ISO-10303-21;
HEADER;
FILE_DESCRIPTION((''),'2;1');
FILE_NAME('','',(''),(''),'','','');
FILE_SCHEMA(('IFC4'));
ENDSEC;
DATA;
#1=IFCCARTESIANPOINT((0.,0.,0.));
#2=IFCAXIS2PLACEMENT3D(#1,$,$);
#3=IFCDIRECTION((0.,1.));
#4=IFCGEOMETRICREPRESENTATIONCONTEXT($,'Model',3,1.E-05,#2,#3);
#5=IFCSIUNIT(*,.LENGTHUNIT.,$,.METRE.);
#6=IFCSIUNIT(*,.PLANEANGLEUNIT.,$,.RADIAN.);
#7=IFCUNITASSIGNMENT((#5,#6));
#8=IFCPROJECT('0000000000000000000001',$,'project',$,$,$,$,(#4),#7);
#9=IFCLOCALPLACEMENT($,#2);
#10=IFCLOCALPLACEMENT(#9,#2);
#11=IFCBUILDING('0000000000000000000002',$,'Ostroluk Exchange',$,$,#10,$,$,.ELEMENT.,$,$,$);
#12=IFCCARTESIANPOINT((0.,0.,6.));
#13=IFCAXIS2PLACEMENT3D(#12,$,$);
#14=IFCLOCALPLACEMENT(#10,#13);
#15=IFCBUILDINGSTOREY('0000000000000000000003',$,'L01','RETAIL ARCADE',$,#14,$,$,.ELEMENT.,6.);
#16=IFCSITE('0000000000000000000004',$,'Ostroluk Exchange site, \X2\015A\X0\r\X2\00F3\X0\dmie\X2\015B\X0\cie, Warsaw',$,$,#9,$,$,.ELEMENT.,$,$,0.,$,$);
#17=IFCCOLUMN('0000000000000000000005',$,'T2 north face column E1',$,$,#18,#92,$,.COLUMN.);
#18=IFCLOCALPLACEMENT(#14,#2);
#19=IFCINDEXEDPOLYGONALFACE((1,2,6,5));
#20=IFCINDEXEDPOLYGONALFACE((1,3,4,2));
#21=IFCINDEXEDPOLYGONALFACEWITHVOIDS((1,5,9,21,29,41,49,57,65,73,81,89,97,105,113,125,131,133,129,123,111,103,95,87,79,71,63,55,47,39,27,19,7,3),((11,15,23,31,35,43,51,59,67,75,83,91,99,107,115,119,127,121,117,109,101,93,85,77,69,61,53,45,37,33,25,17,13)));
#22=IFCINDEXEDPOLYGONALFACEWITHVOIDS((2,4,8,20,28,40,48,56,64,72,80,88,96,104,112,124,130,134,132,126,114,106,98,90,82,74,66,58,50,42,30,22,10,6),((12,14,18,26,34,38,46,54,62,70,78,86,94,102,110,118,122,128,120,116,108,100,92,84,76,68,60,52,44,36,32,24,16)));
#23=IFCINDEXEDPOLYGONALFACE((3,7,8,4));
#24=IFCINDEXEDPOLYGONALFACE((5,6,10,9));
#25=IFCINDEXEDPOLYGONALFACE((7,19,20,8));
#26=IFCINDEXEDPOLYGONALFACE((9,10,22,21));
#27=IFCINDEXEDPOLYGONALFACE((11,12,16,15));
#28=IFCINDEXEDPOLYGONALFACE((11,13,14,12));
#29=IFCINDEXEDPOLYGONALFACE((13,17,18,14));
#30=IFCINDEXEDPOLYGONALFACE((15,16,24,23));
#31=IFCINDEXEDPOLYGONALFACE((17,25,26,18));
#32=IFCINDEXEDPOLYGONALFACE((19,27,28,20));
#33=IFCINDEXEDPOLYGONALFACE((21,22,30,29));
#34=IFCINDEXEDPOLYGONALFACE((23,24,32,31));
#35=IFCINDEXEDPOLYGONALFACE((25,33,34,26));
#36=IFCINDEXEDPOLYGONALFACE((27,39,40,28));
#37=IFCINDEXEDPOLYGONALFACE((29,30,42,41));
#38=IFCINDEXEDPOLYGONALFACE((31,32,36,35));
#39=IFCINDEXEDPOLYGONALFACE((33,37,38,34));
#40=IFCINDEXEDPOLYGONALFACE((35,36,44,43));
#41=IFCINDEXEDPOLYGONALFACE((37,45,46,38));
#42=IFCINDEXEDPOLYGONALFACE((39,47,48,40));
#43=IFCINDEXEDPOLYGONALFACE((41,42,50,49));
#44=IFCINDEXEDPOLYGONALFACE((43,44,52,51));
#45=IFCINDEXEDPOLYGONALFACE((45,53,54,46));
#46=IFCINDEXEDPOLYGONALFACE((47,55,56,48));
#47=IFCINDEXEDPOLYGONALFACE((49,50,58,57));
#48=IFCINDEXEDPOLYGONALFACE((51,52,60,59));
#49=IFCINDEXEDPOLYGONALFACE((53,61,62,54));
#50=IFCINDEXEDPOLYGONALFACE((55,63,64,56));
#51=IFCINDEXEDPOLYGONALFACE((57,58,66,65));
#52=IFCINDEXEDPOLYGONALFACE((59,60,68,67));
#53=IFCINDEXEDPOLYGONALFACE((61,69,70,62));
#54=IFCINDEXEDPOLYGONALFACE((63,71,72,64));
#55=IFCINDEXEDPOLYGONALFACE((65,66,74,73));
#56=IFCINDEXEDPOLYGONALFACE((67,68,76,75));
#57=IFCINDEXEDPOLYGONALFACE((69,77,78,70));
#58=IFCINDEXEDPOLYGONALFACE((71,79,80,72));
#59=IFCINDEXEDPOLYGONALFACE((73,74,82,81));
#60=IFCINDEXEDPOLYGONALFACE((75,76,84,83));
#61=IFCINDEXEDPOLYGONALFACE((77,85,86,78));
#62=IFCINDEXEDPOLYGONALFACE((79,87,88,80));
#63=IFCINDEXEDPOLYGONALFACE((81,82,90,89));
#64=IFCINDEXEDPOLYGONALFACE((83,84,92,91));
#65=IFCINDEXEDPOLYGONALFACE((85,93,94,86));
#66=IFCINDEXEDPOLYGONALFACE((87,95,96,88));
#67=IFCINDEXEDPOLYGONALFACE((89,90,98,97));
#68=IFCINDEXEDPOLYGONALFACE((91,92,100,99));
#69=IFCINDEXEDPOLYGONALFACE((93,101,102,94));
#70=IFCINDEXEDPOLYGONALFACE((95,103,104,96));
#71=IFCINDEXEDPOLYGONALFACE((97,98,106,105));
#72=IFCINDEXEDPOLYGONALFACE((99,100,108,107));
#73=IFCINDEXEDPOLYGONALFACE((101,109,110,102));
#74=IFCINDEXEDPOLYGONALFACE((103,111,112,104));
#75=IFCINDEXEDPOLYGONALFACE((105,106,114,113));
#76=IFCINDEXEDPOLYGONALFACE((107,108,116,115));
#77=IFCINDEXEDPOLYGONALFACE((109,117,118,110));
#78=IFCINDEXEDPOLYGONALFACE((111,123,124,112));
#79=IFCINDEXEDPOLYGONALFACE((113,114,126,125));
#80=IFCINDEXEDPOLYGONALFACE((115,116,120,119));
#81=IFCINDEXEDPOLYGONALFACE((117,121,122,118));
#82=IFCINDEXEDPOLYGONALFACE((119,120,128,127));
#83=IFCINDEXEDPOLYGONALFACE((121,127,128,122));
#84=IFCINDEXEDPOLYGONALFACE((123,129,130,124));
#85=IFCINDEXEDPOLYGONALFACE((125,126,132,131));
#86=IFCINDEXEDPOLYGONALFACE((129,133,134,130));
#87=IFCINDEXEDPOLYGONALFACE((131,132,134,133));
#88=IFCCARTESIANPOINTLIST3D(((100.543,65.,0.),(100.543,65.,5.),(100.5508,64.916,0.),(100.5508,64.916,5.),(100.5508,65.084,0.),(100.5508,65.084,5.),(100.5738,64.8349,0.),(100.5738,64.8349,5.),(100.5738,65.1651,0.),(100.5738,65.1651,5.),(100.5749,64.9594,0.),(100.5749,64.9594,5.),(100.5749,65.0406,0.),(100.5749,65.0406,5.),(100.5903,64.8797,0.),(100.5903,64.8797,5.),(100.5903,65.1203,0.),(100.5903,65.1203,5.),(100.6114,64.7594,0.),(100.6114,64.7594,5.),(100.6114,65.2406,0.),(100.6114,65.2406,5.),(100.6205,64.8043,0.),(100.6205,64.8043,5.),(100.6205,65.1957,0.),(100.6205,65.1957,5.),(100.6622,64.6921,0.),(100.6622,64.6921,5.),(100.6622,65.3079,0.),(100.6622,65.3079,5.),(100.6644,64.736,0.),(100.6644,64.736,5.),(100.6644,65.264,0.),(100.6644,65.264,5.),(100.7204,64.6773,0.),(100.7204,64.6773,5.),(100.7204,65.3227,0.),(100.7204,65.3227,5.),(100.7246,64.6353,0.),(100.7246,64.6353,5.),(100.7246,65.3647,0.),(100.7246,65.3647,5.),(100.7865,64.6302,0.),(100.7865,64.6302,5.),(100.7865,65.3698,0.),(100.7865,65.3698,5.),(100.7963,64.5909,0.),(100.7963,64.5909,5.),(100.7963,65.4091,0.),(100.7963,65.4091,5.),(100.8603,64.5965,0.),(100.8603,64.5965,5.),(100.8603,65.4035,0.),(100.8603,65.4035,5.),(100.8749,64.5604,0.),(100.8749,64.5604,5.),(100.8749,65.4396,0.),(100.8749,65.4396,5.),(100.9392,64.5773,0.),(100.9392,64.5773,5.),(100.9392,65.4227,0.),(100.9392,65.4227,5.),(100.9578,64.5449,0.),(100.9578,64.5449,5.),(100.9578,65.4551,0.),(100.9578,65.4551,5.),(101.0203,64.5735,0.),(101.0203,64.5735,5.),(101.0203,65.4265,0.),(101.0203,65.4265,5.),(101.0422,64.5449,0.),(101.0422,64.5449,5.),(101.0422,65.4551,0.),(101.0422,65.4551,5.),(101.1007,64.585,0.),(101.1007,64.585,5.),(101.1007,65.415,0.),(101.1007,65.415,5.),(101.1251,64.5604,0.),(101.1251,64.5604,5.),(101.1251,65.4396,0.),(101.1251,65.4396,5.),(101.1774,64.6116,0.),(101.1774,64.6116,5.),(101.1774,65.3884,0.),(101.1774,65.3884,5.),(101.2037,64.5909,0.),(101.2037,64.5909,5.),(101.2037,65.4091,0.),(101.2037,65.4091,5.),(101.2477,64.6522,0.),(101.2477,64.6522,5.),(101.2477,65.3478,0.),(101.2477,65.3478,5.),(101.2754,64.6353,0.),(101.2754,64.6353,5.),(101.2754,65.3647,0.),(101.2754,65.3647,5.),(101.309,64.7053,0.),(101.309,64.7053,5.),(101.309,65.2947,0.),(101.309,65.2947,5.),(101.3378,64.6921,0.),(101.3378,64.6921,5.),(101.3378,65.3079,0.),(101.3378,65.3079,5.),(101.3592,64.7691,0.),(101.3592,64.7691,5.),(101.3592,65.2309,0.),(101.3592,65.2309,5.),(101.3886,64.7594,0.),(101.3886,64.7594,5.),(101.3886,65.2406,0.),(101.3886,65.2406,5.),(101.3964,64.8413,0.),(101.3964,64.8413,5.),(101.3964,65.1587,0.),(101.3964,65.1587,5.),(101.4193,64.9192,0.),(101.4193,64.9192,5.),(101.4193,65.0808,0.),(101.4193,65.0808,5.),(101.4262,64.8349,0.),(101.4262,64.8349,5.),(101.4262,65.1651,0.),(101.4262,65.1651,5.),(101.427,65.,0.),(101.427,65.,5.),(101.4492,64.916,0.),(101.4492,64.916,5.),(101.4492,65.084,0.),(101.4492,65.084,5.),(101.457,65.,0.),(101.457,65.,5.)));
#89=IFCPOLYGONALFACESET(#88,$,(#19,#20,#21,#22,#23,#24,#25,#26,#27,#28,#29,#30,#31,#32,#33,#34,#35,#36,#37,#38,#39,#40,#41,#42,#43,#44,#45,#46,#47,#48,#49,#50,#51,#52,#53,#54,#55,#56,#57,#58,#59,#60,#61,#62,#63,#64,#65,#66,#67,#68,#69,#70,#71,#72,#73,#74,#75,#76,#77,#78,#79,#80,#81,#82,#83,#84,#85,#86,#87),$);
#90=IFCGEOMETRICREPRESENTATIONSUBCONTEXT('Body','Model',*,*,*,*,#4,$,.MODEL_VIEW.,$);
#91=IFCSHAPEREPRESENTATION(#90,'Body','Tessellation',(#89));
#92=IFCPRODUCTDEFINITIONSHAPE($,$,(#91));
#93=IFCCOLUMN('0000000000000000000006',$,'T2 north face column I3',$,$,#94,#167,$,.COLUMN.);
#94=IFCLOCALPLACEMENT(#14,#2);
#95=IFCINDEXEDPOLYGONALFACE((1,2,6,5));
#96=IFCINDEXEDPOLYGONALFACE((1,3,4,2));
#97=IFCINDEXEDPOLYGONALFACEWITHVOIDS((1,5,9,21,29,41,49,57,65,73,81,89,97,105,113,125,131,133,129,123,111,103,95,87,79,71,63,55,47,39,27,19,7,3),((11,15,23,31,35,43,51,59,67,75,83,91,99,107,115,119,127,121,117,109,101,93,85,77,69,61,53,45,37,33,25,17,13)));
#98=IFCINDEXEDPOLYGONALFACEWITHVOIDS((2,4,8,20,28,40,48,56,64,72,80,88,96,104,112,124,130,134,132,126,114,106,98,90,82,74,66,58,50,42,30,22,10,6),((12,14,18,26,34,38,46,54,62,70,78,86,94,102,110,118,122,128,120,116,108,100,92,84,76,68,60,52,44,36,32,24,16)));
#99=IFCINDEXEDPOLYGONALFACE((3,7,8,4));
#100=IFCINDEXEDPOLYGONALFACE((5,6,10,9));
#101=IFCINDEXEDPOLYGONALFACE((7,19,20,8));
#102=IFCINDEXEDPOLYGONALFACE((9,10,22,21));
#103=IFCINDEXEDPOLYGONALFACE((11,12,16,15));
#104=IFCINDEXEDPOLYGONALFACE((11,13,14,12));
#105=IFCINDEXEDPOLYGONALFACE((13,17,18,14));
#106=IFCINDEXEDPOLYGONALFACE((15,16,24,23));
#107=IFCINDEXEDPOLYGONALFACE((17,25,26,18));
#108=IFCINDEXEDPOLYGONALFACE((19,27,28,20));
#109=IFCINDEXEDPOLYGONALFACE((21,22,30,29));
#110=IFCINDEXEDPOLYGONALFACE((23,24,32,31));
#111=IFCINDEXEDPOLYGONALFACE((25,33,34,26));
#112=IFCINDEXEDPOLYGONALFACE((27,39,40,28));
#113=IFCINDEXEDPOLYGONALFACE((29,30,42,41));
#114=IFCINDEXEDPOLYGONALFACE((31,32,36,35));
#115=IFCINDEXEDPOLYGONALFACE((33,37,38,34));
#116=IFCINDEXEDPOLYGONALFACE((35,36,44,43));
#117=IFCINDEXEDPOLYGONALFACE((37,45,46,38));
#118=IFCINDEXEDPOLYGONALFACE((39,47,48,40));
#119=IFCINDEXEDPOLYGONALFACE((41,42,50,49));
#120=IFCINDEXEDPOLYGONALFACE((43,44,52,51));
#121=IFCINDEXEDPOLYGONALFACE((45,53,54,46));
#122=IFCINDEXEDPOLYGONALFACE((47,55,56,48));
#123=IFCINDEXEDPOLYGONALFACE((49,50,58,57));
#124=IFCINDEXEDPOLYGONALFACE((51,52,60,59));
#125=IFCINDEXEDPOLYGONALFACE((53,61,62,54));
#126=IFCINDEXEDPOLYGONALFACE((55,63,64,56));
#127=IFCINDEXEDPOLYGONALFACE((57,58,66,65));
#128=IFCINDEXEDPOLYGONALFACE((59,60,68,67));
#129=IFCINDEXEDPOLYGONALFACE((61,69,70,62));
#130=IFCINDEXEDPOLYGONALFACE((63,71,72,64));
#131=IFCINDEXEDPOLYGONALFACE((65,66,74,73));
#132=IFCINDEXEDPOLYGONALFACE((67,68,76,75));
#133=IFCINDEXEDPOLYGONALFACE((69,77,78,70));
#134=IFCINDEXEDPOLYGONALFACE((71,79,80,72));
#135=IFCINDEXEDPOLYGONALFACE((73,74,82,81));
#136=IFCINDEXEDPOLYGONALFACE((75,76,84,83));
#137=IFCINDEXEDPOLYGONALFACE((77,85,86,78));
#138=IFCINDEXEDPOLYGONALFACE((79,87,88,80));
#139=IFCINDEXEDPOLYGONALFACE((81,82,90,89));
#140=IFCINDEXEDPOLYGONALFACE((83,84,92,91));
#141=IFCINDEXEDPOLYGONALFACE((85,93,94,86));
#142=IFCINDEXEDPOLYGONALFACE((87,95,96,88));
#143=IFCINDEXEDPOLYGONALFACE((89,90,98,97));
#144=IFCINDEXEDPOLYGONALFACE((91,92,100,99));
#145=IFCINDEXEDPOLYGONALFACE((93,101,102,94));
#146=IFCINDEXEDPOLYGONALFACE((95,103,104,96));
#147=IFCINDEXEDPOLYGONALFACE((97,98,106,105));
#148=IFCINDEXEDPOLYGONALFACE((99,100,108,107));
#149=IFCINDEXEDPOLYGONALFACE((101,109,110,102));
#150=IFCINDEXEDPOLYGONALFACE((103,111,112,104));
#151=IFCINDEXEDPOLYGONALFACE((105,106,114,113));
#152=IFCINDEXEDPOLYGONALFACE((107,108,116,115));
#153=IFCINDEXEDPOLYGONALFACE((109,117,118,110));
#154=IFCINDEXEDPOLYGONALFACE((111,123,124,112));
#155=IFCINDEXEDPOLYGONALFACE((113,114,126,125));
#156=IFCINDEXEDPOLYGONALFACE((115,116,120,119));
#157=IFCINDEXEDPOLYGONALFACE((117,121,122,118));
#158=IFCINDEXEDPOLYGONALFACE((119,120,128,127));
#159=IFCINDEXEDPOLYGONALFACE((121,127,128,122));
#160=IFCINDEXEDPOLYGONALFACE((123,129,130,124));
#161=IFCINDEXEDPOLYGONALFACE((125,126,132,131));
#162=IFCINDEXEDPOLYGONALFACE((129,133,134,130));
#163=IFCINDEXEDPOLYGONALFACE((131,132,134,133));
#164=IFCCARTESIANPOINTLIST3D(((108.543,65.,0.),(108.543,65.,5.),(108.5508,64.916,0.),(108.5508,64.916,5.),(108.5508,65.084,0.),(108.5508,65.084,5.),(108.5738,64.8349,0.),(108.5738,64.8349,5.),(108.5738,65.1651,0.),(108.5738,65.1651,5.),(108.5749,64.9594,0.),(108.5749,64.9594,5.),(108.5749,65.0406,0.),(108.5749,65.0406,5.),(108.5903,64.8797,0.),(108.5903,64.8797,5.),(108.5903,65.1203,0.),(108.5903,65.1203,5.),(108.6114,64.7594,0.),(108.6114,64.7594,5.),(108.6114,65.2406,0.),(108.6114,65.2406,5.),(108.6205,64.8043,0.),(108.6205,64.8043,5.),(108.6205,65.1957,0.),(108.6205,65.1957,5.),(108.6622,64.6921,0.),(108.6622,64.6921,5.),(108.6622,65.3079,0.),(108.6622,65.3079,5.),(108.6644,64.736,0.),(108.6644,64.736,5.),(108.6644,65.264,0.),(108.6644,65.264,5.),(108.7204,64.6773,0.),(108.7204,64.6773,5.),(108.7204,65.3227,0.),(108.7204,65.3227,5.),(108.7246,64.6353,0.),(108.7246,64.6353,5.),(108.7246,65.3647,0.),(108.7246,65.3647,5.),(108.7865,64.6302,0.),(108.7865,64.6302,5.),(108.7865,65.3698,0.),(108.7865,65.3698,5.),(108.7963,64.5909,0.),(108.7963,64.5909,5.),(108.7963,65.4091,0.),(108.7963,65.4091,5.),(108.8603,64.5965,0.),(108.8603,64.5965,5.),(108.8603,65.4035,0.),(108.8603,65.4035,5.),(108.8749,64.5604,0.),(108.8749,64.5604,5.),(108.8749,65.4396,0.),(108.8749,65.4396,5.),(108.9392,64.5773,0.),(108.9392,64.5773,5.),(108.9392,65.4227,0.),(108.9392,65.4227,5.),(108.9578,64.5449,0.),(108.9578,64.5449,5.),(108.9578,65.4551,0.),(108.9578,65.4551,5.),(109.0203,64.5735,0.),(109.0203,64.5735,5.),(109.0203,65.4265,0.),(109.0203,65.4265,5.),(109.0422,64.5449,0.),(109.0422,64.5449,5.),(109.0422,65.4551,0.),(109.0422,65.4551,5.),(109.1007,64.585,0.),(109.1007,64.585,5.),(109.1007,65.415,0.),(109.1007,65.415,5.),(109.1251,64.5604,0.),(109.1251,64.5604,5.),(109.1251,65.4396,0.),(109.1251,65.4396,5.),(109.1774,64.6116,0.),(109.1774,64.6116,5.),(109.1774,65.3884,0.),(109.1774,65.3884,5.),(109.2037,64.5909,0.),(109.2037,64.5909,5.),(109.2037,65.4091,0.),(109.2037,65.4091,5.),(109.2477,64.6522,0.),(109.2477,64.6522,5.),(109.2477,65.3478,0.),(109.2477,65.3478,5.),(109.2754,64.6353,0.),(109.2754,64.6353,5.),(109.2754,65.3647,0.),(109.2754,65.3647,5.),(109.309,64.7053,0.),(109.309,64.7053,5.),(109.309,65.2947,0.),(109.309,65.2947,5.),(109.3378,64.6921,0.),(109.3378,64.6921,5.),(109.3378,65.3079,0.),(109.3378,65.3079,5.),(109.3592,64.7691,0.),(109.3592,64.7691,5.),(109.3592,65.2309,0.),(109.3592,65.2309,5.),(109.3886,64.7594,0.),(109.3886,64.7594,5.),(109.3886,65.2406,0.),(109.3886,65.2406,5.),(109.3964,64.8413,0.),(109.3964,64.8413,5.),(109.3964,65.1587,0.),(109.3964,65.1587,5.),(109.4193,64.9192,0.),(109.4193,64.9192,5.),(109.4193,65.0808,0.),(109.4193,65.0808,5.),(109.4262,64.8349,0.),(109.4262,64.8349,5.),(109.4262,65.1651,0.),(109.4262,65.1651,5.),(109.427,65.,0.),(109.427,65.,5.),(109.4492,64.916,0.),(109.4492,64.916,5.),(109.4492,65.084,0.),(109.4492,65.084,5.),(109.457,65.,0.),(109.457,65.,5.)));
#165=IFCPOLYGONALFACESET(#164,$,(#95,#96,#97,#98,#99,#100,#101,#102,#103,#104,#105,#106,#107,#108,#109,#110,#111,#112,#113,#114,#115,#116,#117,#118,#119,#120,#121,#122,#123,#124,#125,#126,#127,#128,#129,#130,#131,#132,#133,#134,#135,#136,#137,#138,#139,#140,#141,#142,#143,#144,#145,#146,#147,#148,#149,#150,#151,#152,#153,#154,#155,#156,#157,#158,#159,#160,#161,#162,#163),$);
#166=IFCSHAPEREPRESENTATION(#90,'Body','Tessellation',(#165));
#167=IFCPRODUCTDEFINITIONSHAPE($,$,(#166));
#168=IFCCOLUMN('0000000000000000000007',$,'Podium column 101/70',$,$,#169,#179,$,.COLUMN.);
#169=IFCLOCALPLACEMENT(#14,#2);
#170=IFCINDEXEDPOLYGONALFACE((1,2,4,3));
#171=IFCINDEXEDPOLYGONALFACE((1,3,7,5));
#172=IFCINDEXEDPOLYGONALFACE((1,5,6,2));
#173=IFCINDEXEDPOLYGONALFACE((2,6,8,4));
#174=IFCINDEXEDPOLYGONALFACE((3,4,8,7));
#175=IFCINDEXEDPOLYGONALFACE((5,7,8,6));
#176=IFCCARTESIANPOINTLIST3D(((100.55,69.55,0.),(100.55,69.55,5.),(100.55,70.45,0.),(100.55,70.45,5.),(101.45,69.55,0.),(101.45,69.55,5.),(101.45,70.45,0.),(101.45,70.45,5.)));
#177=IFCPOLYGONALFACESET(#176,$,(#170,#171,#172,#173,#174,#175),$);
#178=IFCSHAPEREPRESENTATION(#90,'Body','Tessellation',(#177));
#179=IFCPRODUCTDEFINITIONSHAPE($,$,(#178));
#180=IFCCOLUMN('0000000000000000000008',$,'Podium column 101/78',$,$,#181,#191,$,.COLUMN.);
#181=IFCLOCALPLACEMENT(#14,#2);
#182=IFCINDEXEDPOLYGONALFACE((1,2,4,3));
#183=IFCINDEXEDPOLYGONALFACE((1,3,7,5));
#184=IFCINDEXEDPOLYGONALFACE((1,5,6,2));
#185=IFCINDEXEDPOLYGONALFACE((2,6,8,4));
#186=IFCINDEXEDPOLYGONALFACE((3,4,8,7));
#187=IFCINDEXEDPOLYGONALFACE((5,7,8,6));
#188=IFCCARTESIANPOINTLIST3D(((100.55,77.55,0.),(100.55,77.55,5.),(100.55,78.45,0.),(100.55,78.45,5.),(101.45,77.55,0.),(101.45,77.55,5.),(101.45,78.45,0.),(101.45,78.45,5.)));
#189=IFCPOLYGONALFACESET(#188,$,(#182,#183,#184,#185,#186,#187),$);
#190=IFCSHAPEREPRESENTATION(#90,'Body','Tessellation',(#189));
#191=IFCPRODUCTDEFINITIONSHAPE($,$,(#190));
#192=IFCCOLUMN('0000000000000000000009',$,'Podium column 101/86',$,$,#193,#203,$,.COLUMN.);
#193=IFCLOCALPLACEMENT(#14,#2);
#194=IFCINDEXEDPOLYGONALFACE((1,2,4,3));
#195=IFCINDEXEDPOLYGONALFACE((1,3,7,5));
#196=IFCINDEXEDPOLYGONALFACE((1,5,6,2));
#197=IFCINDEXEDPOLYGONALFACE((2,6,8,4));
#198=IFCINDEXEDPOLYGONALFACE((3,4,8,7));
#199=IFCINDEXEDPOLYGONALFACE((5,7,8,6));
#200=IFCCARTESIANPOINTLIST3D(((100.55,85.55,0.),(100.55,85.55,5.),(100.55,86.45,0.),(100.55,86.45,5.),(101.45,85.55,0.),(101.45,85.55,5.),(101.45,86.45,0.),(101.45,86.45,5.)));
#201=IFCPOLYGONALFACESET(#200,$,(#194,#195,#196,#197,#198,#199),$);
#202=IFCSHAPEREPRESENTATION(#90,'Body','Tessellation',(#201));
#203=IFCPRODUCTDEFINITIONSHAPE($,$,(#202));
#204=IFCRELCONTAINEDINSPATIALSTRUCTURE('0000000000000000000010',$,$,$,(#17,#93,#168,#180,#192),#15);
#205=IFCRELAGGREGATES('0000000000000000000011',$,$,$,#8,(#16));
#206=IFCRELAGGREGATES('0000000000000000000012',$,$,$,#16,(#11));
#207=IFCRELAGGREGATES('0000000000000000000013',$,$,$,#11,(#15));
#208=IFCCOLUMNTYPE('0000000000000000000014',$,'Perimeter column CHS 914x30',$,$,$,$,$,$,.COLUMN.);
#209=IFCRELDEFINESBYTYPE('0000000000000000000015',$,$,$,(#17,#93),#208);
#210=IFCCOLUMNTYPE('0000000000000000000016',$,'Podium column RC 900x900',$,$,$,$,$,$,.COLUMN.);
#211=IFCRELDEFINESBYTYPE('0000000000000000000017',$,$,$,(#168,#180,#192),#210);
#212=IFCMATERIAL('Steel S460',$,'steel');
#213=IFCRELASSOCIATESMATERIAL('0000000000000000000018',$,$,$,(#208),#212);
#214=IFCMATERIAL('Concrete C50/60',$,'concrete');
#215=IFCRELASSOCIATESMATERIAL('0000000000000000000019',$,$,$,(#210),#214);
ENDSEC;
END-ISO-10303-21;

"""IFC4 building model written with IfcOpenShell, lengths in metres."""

from ifc_helpers import new_model, si_unit, direction, frame, origin, origin_2d, place, context, subcontext, project, spatial, rectangle, hollow_circle, extrude, material, material_profile, profile_set, type_object, element, save


model = new_model("IFC4")

# Units and contexts
model_context = context("Model", 3, precision=1e-05, world=origin(), true_north=direction((0.0, 1.0)))
body_context = subcontext(model_context, "Body", "Model", "MODEL_VIEW")
ifc_project = project(units=[si_unit("LENGTHUNIT", "METRE"), si_unit("PLANEANGLEUNIT", "RADIAN")], contexts=[model_context])

# Site, building, storey
site_placement = place(None, origin())
site = spatial("IfcSite", under=ifc_project, at=site_placement, Name="Ostroluk Exchange site, Śródmieście, Warsaw", CompositionType="ELEMENT", RefElevation=0.0)
building_placement = place(site_placement, origin())
building = spatial("IfcBuilding", under=site, at=building_placement, Name="Ostroluk Exchange", CompositionType="ELEMENT")
storey_placement = place(building_placement, frame((0.0, 0.0, 6.0)))
storey = spatial("IfcBuildingStorey", under=building, at=storey_placement, Name="L01", Description="RETAIL ARCADE", CompositionType="ELEMENT", Elevation=6.0)

# Columns
ifc_material_1 = material(Name="Steel S460", Category="steel")
ifc_material_profile_1 = material_profile(ifc_material_1, hollow_circle(Radius=0.457, WallThickness=0.03, at=origin_2d()), Name="CHS 914x30")
ifc_profile_set_1 = profile_set([ifc_material_profile_1], Name="Steel S460")
column_type_1 = type_object("IfcColumnType", Name="Perimeter column CHS 914x30", PredefinedType="COLUMN", material=ifc_profile_set_1)
for number, where, z_axis, x_axis, name in (
    (1, (101.0, 65.0, 0.0), (0.0, 0.0, 1.0), (1.0, 0.0, 0.0), "T2 north face column E1"),
    (2, (109.0, 65.0, 0.0), (0.0, 0.0, 1.0), (1.0, 0.0, 0.0), "T2 north face column I3"),
):
    element("IfcColumn", number, at=place(storey_placement, frame(where, z_axis=z_axis, x_axis=x_axis)), inside=storey, type_object=column_type_1, Name=name, PredefinedType="COLUMN", context=body_context, shape_type="SweptSolid", body=[
        extrude(hollow_circle(Radius=0.457, WallThickness=0.03, at=origin_2d()), origin(), (0.0, 0.0, 1.0), 5.0),
    ])
ifc_material_2 = material(Name="Concrete C50/60", Category="concrete")
ifc_material_profile_2 = material_profile(ifc_material_2, rectangle(XDim=0.8999, YDim=0.8999, at=origin_2d()), Name="RC 900x900")
ifc_profile_set_2 = profile_set([ifc_material_profile_2], Name="Concrete C50/60")
column_type_2 = type_object("IfcColumnType", Name="Podium column RC 900x900", PredefinedType="COLUMN", material=ifc_profile_set_2)
for number, where, z_axis, x_axis, name in (
    (3, (101.0, 70.0, 0.0), (0.0, 0.0, 1.0), (1.0, 0.0, 0.0), "Podium column 101/70"),
    (4, (101.0, 78.0, 0.0), (0.0, 0.0, 1.0), (1.0, 0.0, 0.0), "Podium column 101/78"),
    (5, (101.0, 86.0, 0.0), (0.0, 0.0, 1.0), (1.0, 0.0, 0.0), "Podium column 101/86"),
):
    element("IfcColumn", number, at=place(storey_placement, frame(where, z_axis=z_axis, x_axis=x_axis)), inside=storey, type_object=column_type_2, Name=name, PredefinedType="COLUMN", context=body_context, shape_type="SweptSolid", body=[
        extrude(rectangle(XDim=0.8999, YDim=0.8999, at=origin_2d()), origin(), (0.0, 0.0, 1.0), 5.0),
    ])

save(model, "model.ifc")
